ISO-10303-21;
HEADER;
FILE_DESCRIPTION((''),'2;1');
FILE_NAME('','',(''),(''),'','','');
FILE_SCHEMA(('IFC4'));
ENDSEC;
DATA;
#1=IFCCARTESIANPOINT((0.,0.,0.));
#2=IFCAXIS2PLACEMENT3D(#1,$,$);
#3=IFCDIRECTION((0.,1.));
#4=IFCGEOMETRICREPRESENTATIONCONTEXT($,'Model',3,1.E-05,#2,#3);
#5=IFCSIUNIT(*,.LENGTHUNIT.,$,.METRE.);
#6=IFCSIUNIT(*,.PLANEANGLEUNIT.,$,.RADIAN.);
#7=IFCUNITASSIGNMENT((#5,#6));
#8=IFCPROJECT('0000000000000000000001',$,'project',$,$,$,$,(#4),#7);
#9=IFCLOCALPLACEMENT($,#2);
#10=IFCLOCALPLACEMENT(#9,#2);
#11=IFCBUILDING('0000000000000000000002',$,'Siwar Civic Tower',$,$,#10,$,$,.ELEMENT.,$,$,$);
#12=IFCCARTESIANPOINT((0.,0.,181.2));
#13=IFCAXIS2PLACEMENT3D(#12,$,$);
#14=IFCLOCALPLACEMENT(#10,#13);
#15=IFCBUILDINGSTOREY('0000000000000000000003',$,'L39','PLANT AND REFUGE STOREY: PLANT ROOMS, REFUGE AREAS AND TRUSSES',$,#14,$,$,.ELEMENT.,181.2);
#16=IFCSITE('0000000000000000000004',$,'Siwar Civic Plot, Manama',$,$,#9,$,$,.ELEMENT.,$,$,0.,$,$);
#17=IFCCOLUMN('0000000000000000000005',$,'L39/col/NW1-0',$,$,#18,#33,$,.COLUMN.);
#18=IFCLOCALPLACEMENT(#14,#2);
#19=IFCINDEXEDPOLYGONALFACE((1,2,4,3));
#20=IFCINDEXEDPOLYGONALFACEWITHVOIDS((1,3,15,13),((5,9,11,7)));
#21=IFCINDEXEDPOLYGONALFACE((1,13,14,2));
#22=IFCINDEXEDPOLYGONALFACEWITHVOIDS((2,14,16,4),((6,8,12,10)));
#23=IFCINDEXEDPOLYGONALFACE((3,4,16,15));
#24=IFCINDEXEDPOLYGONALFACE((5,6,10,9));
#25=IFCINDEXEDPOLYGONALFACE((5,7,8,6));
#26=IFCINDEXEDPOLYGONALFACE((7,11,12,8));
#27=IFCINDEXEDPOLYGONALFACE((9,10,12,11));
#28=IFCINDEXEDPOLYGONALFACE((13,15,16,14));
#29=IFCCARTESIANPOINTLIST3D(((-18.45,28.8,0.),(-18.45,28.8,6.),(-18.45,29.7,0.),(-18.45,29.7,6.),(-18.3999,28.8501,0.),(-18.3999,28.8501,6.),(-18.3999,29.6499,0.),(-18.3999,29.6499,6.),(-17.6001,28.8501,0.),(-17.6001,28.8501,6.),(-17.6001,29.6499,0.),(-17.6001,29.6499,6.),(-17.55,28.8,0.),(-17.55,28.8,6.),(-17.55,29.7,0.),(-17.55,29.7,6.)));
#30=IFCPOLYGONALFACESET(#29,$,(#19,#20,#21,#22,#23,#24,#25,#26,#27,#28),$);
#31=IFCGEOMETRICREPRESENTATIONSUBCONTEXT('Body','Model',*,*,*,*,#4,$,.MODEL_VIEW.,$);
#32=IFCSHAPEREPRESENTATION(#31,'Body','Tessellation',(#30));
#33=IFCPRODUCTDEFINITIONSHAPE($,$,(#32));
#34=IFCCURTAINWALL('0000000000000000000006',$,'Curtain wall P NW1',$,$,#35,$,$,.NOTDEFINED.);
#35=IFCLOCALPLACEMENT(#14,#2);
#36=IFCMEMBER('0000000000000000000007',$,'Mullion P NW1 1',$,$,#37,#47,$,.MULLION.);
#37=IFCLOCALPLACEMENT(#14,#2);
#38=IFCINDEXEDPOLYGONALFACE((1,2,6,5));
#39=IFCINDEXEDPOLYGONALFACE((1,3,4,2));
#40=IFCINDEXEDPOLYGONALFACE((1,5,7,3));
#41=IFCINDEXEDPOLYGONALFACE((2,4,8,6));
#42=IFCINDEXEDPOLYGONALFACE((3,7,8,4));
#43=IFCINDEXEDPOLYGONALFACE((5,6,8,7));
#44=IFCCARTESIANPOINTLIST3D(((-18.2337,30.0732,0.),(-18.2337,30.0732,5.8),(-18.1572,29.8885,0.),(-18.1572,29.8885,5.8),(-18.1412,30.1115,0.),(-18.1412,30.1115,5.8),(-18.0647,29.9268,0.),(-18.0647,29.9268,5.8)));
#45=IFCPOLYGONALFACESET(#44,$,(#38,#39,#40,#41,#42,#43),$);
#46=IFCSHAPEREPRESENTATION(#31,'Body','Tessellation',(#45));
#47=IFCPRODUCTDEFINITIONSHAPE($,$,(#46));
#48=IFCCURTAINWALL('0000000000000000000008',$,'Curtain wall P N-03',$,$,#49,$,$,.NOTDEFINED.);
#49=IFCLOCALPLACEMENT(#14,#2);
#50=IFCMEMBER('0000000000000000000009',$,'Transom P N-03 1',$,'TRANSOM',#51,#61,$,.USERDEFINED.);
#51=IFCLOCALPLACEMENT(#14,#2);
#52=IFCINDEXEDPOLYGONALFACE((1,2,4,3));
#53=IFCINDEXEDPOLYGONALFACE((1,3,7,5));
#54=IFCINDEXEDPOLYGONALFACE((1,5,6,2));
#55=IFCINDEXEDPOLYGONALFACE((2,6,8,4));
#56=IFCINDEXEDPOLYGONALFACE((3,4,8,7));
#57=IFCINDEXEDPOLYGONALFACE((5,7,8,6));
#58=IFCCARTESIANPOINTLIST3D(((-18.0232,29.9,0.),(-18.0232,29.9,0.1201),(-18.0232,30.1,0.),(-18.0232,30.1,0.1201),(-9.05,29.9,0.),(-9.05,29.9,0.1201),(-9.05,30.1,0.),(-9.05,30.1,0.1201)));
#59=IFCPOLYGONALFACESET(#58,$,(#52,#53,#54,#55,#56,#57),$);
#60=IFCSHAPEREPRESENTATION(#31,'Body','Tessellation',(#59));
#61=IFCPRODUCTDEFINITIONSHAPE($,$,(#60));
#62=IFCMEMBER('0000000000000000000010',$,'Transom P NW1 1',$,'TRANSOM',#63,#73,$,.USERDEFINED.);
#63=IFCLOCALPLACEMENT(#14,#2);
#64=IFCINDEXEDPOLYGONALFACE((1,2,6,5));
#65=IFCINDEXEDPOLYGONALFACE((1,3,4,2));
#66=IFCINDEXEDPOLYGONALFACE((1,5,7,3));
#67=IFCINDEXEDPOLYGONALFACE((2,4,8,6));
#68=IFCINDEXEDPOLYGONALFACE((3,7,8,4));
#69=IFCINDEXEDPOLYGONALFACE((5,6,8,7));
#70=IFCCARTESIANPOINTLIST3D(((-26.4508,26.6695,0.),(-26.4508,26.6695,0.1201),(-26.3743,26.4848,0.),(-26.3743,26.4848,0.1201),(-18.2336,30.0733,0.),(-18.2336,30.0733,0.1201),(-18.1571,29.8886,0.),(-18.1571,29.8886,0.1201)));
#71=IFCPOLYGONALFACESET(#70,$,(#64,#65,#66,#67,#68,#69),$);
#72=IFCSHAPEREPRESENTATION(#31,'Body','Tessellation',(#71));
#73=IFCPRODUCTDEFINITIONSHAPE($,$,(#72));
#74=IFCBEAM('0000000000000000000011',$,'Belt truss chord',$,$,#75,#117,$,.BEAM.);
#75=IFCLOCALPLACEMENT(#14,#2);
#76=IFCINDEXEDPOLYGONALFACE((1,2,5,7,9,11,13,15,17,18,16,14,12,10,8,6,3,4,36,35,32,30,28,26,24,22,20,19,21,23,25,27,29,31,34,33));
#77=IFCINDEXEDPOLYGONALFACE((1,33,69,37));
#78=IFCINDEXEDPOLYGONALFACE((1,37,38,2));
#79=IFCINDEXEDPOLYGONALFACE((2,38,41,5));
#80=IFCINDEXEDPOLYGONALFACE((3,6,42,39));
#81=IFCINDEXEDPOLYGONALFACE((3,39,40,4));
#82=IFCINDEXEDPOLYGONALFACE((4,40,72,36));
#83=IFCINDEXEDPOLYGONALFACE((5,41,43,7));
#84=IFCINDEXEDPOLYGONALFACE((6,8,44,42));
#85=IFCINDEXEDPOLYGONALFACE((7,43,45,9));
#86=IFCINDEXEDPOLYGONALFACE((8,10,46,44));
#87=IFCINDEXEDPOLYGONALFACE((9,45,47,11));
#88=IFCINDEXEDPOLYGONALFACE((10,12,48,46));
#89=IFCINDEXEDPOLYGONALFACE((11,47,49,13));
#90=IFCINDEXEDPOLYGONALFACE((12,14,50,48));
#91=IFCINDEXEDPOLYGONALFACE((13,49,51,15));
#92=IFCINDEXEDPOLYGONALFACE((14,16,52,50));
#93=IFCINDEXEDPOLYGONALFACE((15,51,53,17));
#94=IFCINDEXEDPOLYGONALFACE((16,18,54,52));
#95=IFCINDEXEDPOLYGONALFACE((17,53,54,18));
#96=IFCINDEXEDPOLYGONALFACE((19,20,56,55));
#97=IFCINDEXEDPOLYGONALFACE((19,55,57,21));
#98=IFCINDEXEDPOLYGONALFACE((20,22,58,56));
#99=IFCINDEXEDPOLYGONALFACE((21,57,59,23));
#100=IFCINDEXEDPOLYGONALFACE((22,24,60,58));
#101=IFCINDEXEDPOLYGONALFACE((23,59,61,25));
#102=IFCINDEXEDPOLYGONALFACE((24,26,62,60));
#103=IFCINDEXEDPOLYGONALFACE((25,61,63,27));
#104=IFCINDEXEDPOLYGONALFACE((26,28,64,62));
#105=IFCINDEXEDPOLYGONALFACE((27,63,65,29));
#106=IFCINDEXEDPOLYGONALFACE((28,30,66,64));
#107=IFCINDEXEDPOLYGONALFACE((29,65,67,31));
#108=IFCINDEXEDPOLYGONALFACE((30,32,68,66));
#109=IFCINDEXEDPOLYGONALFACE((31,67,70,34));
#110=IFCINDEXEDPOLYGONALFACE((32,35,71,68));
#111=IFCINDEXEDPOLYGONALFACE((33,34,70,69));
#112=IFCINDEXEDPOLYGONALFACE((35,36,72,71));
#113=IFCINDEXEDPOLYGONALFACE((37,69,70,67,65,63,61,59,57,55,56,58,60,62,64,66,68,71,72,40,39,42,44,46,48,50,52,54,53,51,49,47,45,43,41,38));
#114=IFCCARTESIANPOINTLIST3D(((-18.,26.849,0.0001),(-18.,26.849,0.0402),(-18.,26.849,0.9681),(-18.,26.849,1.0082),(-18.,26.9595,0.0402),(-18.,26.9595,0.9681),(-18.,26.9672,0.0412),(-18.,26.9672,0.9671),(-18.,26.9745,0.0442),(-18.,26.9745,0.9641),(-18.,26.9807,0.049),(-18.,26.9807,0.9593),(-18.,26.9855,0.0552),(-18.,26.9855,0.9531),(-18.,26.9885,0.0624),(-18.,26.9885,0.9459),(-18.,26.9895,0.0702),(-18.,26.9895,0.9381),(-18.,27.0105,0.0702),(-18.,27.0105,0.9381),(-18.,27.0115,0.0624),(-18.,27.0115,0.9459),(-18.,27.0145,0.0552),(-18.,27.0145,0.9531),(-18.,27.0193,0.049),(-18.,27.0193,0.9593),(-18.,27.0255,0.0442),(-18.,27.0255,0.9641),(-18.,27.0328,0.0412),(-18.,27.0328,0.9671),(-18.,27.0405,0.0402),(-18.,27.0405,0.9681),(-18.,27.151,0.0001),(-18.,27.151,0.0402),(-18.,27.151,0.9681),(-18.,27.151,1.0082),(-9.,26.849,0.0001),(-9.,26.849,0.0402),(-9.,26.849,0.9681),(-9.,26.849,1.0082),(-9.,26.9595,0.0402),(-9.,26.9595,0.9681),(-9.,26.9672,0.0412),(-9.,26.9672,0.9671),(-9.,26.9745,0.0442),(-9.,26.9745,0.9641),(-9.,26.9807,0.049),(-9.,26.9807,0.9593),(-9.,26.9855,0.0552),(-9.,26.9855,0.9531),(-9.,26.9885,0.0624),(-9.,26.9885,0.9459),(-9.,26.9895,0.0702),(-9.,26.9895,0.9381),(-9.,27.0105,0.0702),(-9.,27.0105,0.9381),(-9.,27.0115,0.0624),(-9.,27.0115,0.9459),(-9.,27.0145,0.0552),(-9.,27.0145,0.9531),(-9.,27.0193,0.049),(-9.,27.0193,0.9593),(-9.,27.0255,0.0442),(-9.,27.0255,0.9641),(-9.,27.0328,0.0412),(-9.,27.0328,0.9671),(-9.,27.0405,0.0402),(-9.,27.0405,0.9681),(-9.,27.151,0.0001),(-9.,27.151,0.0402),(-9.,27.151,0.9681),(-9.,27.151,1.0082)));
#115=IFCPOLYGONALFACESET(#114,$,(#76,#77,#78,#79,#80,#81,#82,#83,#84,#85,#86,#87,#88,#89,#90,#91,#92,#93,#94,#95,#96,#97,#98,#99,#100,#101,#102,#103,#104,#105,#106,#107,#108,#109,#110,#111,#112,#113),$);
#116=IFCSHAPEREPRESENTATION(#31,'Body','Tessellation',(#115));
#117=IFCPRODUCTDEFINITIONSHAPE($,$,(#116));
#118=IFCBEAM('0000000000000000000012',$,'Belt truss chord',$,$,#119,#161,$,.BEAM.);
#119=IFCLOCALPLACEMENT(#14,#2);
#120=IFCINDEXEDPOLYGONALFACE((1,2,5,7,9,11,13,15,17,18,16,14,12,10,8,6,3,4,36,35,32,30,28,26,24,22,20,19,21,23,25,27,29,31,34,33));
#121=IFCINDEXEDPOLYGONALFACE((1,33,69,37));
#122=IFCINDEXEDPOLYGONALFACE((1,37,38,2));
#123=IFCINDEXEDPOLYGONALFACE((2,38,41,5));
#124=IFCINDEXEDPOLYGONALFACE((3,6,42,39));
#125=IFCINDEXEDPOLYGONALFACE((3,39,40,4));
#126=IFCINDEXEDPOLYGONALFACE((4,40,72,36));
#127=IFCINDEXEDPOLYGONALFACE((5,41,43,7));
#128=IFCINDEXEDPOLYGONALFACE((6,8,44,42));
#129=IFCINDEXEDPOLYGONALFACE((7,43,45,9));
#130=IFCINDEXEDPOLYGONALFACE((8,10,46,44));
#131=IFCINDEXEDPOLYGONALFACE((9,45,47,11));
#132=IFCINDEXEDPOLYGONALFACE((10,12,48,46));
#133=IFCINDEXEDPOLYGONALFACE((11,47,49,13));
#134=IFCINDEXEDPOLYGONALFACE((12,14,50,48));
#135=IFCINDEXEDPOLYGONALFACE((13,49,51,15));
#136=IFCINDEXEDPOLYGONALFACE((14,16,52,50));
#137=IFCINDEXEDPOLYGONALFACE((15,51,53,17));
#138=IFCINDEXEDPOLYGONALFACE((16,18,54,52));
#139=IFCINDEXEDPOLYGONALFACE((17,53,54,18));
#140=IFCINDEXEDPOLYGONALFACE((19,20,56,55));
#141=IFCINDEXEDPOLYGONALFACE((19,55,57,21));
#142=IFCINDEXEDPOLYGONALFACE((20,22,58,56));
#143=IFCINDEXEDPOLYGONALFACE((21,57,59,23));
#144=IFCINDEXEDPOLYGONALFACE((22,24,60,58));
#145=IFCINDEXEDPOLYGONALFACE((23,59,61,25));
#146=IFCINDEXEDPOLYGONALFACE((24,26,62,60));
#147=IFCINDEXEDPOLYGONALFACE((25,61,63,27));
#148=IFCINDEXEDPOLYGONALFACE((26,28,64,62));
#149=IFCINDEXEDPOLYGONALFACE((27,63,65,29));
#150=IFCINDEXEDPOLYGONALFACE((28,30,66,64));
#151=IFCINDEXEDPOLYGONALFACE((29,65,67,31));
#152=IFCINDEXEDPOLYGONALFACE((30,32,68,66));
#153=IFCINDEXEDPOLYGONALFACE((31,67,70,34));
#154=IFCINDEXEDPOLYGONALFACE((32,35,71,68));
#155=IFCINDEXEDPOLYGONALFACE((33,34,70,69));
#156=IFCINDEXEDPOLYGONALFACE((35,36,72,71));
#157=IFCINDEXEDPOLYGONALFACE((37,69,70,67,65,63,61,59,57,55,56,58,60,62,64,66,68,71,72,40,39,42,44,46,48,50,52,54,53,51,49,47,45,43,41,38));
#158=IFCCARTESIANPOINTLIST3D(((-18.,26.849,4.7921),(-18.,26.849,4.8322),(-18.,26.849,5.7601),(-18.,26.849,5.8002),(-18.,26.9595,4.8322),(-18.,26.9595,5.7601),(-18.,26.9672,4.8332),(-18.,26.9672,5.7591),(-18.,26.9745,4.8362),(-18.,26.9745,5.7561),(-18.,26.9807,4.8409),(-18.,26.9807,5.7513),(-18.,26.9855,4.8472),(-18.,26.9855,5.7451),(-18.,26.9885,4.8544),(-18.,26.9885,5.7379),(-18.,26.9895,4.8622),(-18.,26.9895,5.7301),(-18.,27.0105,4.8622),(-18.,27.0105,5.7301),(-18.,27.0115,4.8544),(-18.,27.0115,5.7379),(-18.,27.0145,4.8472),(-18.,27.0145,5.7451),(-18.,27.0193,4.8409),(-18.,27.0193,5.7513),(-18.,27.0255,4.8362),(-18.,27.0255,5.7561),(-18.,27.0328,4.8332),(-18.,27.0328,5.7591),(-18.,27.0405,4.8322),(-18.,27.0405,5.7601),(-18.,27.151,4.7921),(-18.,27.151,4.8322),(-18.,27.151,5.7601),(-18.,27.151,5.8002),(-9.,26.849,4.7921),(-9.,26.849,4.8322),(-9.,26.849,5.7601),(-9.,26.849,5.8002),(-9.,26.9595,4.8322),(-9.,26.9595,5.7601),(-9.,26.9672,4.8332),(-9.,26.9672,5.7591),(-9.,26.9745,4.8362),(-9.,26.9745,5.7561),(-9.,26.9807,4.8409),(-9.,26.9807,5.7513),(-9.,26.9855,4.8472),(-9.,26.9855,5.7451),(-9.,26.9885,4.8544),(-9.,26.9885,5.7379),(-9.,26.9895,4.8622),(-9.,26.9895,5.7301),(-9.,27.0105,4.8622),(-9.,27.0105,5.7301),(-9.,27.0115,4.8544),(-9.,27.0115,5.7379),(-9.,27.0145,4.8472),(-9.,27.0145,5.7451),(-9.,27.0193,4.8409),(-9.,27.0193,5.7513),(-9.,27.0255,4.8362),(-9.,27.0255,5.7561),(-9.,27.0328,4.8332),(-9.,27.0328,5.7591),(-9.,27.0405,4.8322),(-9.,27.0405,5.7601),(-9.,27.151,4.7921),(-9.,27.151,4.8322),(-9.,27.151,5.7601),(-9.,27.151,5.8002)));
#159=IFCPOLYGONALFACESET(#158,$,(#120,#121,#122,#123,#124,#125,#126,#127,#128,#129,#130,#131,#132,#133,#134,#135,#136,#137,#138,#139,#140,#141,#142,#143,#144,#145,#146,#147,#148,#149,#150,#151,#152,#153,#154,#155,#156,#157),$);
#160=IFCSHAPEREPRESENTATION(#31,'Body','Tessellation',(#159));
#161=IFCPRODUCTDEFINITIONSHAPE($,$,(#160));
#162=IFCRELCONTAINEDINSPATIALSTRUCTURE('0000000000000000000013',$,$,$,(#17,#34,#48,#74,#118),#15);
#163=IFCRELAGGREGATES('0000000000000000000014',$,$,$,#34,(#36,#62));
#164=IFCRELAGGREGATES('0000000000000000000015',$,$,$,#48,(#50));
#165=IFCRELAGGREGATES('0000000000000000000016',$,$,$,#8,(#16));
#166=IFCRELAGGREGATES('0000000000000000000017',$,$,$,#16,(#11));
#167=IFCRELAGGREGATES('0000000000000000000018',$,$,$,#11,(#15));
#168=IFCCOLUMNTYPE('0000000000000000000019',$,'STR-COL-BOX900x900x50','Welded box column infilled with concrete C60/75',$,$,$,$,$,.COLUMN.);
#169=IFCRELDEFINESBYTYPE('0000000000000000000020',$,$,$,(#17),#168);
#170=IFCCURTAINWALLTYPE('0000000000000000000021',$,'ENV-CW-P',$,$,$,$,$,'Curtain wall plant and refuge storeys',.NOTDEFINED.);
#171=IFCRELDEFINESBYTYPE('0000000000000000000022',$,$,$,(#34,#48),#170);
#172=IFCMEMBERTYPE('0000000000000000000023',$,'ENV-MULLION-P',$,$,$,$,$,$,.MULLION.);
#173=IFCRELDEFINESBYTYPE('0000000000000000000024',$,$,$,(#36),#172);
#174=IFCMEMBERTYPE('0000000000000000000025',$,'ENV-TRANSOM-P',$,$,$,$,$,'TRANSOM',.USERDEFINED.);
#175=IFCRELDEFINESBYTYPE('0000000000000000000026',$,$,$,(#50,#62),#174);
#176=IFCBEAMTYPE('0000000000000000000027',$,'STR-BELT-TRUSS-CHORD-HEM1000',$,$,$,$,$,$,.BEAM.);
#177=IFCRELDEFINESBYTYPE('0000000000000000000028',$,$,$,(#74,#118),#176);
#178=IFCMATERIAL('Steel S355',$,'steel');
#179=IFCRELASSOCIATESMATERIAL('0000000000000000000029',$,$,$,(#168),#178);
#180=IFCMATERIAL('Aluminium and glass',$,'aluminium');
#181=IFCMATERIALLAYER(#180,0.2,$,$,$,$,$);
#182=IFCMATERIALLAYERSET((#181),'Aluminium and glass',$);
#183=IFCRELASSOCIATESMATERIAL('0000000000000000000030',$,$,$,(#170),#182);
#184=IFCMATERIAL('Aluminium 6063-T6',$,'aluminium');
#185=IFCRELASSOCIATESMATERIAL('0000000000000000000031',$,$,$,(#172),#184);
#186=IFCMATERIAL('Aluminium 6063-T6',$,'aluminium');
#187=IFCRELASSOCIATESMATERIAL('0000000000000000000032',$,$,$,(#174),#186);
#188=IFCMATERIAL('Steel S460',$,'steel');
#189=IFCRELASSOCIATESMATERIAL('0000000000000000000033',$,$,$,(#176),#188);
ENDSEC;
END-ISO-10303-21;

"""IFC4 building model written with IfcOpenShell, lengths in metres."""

from ifc_helpers import new_model, si_unit, direction, frame, origin, origin_2d, place, context, subcontext, project, spatial, rectangle, hollow_rectangle, i_section, extrude, material, layer, layer_set, material_profile, profile_set, type_object, element, aggregate, save


model = new_model("IFC4")

# Units and contexts
model_context = context("Model", 3, precision=1e-05, world=origin(), true_north=direction((0.0, 1.0)))
body_context = subcontext(model_context, "Body", "Model", "MODEL_VIEW")
ifc_project = project(units=[si_unit("LENGTHUNIT", "METRE"), si_unit("PLANEANGLEUNIT", "RADIAN")], contexts=[model_context])

# Site, building, storey
site_placement = place(None, origin())
site = spatial("IfcSite", under=ifc_project, at=site_placement, Name="Siwar Civic Plot, Manama", CompositionType="ELEMENT", RefElevation=0.0)
building_placement = place(site_placement, origin())
building = spatial("IfcBuilding", under=site, at=building_placement, Name="Siwar Civic Tower", CompositionType="ELEMENT")
storey_placement = place(building_placement, frame((0.0, 0.0, 181.2)))
storey = spatial("IfcBuildingStorey", under=building, at=storey_placement, Name="L39", Description="PLANT AND REFUGE STOREY: PLANT ROOMS, REFUGE AREAS AND TRUSSES", CompositionType="ELEMENT", Elevation=181.2)

# Column
ifc_material_1 = material(Name="Steel S355", Category="steel")
ifc_material_profile_1 = material_profile(ifc_material_1, hollow_rectangle(XDim=0.8999, YDim=0.8999, WallThickness=0.05, at=origin_2d()), Name="BOX900x900x50")
ifc_profile_set_1 = profile_set([ifc_material_profile_1], Name="Steel S355")
column_type = type_object("IfcColumnType", Name="STR-COL-BOX900x900x50", Description="Welded box column infilled with concrete C60/75", PredefinedType="COLUMN", material=ifc_profile_set_1)
column_placement = place(storey_placement, frame((-18.0, 29.25, 0.0), z_axis=(0.0, 0.0, 1.0), x_axis=(1.0, 0.0, 0.0)))
element("IfcColumn", 1, at=column_placement, inside=storey, type_object=column_type, Name="L39/col/NW1-0", PredefinedType="COLUMN", context=body_context, shape_type="SweptSolid", body=[
    extrude(hollow_rectangle(XDim=0.8999, YDim=0.8999, WallThickness=0.05, at=origin_2d()), origin(), (0.0, 0.0, 1.0), 6.0),
])

# Curtain walls, members
ifc_material_2 = material(Name="Aluminium and glass", Category="aluminium")
ifc_layer_1 = layer(ifc_material_2, 0.2)
ifc_layer_set_1 = layer_set([ifc_layer_1], Name="Aluminium and glass")
curtain_wall_type = type_object("IfcCurtainWallType", Name="ENV-CW-P", ElementType="Curtain wall plant and refuge storeys", PredefinedType="NOTDEFINED", material=ifc_layer_set_1)
curtain_wall_1_placement = place(storey_placement, origin())
curtain_wall_1 = element("IfcCurtainWall", 2, at=curtain_wall_1_placement, inside=storey, type_object=curtain_wall_type, Name="Curtain wall P NW1", PredefinedType="NOTDEFINED")
ifc_material_3 = material(Name="Aluminium 6063-T6", Category="aluminium")
ifc_material_profile_2 = material_profile(ifc_material_3, rectangle(XDim=0.2, YDim=0.1001, at=origin_2d()), Name="AL 200x100")
ifc_profile_set_2 = profile_set([ifc_material_profile_2], Name="Aluminium 6063-T6")
member_type_1 = type_object("IfcMemberType", Name="ENV-MULLION-P", PredefinedType="MULLION", material=ifc_profile_set_2)
member_1_placement = place(storey_placement, frame((-18.1492, 30.0, 0.0), z_axis=(0.0, 0.0, 1.0), x_axis=(0.382683, -0.92388, 0.0)))
member_1 = element("IfcMember", 3, at=member_1_placement, type_object=member_type_1, Name="Mullion P NW1 1", PredefinedType="MULLION", context=body_context, shape_type="SweptSolid", body=[
    extrude(rectangle(XDim=0.2, YDim=0.1001, at=origin_2d()), origin(), (0.0, 0.0, 1.0), 5.8),
])
curtain_wall_2_placement = place(storey_placement, origin())
curtain_wall_2 = element("IfcCurtainWall", 4, at=curtain_wall_2_placement, inside=storey, type_object=curtain_wall_type, Name="Curtain wall P N-03", PredefinedType="NOTDEFINED")
ifc_material_4 = material(Name="Aluminium 6063-T6", Category="aluminium")
ifc_material_profile_3 = material_profile(ifc_material_4, rectangle(XDim=0.2, YDim=0.1201, at=origin_2d()), Name="AL 200x120")
ifc_profile_set_3 = profile_set([ifc_material_profile_3], Name="Aluminium 6063-T6")
member_type_2 = type_object("IfcMemberType", Name="ENV-TRANSOM-P", ElementType="TRANSOM", PredefinedType="USERDEFINED", material=ifc_profile_set_3)
member_2_placement = place(storey_placement, frame((-9.05, 30.0, 0.0601), z_axis=(-1.0, 0.0, 0.0), x_axis=(0.0, -1.0, 0.0)))
member_2 = element("IfcMember", 5, at=member_2_placement, type_object=member_type_2, Name="Transom P N-03 1", ObjectType="TRANSOM", PredefinedType="USERDEFINED", context=body_context, shape_type="SweptSolid", body=[
    extrude(rectangle(XDim=0.2, YDim=0.1201, at=origin_2d()), origin(), (0.0, 0.0, 1.0), 8.9731),
])

# Member
member_3_placement = place(storey_placement, frame((-18.1953, 29.981, 0.0601), z_axis=(-0.923876, -0.382693, 0.0), x_axis=(0.382693, -0.923876, 0.0)))
member_3 = element("IfcMember", 6, at=member_3_placement, type_object=member_type_2, Name="Transom P NW1 1", ObjectType="TRANSOM", PredefinedType="USERDEFINED", context=body_context, shape_type="SweptSolid", body=[
    extrude(rectangle(XDim=0.2, YDim=0.1201, at=origin_2d()), origin(), (0.0, 0.0, 1.0), 8.8943),
])
aggregate(curtain_wall_1, [member_1, member_3])

# Beams
ifc_material_5 = material(Name="Steel S460", Category="steel")
ifc_material_profile_4 = material_profile(ifc_material_5, i_section(OverallWidth=0.302, OverallDepth=1.0081, WebThickness=0.021, FlangeThickness=0.04, FilletRadius=0.03, at=origin_2d()), Name="HEM1000")
ifc_profile_set_4 = profile_set([ifc_material_profile_4], Name="Steel S460")
beam_type_1 = type_object("IfcBeamType", Name="STR-BELT-TRUSS-CHORD-HEM1000", PredefinedType="BEAM", material=ifc_profile_set_4)
for number, where, z_axis, x_axis, name in (
    (7, (-9.0, 27.0, 0.5042), (-1.0, 0.0, 0.0), (0.0, -1.0, 0.0), "Belt truss chord"),
    (8, (-9.0, 27.0, 5.2961), (-1.0, 0.0, 0.0), (0.0, -1.0, 0.0), "Belt truss chord"),
):
    element("IfcBeam", number, at=place(storey_placement, frame(where, z_axis=z_axis, x_axis=x_axis)), inside=storey, type_object=beam_type_1, Name=name, PredefinedType="BEAM", context=body_context, shape_type="SweptSolid", body=[
        extrude(i_section(OverallWidth=0.302, OverallDepth=1.0081, WebThickness=0.021, FlangeThickness=0.04, FilletRadius=0.03, at=origin_2d()), origin(), (0.0, 0.0, 1.0), 9.0),
    ])

aggregate(curtain_wall_2, [member_2])

save(model, "model.ifc")
